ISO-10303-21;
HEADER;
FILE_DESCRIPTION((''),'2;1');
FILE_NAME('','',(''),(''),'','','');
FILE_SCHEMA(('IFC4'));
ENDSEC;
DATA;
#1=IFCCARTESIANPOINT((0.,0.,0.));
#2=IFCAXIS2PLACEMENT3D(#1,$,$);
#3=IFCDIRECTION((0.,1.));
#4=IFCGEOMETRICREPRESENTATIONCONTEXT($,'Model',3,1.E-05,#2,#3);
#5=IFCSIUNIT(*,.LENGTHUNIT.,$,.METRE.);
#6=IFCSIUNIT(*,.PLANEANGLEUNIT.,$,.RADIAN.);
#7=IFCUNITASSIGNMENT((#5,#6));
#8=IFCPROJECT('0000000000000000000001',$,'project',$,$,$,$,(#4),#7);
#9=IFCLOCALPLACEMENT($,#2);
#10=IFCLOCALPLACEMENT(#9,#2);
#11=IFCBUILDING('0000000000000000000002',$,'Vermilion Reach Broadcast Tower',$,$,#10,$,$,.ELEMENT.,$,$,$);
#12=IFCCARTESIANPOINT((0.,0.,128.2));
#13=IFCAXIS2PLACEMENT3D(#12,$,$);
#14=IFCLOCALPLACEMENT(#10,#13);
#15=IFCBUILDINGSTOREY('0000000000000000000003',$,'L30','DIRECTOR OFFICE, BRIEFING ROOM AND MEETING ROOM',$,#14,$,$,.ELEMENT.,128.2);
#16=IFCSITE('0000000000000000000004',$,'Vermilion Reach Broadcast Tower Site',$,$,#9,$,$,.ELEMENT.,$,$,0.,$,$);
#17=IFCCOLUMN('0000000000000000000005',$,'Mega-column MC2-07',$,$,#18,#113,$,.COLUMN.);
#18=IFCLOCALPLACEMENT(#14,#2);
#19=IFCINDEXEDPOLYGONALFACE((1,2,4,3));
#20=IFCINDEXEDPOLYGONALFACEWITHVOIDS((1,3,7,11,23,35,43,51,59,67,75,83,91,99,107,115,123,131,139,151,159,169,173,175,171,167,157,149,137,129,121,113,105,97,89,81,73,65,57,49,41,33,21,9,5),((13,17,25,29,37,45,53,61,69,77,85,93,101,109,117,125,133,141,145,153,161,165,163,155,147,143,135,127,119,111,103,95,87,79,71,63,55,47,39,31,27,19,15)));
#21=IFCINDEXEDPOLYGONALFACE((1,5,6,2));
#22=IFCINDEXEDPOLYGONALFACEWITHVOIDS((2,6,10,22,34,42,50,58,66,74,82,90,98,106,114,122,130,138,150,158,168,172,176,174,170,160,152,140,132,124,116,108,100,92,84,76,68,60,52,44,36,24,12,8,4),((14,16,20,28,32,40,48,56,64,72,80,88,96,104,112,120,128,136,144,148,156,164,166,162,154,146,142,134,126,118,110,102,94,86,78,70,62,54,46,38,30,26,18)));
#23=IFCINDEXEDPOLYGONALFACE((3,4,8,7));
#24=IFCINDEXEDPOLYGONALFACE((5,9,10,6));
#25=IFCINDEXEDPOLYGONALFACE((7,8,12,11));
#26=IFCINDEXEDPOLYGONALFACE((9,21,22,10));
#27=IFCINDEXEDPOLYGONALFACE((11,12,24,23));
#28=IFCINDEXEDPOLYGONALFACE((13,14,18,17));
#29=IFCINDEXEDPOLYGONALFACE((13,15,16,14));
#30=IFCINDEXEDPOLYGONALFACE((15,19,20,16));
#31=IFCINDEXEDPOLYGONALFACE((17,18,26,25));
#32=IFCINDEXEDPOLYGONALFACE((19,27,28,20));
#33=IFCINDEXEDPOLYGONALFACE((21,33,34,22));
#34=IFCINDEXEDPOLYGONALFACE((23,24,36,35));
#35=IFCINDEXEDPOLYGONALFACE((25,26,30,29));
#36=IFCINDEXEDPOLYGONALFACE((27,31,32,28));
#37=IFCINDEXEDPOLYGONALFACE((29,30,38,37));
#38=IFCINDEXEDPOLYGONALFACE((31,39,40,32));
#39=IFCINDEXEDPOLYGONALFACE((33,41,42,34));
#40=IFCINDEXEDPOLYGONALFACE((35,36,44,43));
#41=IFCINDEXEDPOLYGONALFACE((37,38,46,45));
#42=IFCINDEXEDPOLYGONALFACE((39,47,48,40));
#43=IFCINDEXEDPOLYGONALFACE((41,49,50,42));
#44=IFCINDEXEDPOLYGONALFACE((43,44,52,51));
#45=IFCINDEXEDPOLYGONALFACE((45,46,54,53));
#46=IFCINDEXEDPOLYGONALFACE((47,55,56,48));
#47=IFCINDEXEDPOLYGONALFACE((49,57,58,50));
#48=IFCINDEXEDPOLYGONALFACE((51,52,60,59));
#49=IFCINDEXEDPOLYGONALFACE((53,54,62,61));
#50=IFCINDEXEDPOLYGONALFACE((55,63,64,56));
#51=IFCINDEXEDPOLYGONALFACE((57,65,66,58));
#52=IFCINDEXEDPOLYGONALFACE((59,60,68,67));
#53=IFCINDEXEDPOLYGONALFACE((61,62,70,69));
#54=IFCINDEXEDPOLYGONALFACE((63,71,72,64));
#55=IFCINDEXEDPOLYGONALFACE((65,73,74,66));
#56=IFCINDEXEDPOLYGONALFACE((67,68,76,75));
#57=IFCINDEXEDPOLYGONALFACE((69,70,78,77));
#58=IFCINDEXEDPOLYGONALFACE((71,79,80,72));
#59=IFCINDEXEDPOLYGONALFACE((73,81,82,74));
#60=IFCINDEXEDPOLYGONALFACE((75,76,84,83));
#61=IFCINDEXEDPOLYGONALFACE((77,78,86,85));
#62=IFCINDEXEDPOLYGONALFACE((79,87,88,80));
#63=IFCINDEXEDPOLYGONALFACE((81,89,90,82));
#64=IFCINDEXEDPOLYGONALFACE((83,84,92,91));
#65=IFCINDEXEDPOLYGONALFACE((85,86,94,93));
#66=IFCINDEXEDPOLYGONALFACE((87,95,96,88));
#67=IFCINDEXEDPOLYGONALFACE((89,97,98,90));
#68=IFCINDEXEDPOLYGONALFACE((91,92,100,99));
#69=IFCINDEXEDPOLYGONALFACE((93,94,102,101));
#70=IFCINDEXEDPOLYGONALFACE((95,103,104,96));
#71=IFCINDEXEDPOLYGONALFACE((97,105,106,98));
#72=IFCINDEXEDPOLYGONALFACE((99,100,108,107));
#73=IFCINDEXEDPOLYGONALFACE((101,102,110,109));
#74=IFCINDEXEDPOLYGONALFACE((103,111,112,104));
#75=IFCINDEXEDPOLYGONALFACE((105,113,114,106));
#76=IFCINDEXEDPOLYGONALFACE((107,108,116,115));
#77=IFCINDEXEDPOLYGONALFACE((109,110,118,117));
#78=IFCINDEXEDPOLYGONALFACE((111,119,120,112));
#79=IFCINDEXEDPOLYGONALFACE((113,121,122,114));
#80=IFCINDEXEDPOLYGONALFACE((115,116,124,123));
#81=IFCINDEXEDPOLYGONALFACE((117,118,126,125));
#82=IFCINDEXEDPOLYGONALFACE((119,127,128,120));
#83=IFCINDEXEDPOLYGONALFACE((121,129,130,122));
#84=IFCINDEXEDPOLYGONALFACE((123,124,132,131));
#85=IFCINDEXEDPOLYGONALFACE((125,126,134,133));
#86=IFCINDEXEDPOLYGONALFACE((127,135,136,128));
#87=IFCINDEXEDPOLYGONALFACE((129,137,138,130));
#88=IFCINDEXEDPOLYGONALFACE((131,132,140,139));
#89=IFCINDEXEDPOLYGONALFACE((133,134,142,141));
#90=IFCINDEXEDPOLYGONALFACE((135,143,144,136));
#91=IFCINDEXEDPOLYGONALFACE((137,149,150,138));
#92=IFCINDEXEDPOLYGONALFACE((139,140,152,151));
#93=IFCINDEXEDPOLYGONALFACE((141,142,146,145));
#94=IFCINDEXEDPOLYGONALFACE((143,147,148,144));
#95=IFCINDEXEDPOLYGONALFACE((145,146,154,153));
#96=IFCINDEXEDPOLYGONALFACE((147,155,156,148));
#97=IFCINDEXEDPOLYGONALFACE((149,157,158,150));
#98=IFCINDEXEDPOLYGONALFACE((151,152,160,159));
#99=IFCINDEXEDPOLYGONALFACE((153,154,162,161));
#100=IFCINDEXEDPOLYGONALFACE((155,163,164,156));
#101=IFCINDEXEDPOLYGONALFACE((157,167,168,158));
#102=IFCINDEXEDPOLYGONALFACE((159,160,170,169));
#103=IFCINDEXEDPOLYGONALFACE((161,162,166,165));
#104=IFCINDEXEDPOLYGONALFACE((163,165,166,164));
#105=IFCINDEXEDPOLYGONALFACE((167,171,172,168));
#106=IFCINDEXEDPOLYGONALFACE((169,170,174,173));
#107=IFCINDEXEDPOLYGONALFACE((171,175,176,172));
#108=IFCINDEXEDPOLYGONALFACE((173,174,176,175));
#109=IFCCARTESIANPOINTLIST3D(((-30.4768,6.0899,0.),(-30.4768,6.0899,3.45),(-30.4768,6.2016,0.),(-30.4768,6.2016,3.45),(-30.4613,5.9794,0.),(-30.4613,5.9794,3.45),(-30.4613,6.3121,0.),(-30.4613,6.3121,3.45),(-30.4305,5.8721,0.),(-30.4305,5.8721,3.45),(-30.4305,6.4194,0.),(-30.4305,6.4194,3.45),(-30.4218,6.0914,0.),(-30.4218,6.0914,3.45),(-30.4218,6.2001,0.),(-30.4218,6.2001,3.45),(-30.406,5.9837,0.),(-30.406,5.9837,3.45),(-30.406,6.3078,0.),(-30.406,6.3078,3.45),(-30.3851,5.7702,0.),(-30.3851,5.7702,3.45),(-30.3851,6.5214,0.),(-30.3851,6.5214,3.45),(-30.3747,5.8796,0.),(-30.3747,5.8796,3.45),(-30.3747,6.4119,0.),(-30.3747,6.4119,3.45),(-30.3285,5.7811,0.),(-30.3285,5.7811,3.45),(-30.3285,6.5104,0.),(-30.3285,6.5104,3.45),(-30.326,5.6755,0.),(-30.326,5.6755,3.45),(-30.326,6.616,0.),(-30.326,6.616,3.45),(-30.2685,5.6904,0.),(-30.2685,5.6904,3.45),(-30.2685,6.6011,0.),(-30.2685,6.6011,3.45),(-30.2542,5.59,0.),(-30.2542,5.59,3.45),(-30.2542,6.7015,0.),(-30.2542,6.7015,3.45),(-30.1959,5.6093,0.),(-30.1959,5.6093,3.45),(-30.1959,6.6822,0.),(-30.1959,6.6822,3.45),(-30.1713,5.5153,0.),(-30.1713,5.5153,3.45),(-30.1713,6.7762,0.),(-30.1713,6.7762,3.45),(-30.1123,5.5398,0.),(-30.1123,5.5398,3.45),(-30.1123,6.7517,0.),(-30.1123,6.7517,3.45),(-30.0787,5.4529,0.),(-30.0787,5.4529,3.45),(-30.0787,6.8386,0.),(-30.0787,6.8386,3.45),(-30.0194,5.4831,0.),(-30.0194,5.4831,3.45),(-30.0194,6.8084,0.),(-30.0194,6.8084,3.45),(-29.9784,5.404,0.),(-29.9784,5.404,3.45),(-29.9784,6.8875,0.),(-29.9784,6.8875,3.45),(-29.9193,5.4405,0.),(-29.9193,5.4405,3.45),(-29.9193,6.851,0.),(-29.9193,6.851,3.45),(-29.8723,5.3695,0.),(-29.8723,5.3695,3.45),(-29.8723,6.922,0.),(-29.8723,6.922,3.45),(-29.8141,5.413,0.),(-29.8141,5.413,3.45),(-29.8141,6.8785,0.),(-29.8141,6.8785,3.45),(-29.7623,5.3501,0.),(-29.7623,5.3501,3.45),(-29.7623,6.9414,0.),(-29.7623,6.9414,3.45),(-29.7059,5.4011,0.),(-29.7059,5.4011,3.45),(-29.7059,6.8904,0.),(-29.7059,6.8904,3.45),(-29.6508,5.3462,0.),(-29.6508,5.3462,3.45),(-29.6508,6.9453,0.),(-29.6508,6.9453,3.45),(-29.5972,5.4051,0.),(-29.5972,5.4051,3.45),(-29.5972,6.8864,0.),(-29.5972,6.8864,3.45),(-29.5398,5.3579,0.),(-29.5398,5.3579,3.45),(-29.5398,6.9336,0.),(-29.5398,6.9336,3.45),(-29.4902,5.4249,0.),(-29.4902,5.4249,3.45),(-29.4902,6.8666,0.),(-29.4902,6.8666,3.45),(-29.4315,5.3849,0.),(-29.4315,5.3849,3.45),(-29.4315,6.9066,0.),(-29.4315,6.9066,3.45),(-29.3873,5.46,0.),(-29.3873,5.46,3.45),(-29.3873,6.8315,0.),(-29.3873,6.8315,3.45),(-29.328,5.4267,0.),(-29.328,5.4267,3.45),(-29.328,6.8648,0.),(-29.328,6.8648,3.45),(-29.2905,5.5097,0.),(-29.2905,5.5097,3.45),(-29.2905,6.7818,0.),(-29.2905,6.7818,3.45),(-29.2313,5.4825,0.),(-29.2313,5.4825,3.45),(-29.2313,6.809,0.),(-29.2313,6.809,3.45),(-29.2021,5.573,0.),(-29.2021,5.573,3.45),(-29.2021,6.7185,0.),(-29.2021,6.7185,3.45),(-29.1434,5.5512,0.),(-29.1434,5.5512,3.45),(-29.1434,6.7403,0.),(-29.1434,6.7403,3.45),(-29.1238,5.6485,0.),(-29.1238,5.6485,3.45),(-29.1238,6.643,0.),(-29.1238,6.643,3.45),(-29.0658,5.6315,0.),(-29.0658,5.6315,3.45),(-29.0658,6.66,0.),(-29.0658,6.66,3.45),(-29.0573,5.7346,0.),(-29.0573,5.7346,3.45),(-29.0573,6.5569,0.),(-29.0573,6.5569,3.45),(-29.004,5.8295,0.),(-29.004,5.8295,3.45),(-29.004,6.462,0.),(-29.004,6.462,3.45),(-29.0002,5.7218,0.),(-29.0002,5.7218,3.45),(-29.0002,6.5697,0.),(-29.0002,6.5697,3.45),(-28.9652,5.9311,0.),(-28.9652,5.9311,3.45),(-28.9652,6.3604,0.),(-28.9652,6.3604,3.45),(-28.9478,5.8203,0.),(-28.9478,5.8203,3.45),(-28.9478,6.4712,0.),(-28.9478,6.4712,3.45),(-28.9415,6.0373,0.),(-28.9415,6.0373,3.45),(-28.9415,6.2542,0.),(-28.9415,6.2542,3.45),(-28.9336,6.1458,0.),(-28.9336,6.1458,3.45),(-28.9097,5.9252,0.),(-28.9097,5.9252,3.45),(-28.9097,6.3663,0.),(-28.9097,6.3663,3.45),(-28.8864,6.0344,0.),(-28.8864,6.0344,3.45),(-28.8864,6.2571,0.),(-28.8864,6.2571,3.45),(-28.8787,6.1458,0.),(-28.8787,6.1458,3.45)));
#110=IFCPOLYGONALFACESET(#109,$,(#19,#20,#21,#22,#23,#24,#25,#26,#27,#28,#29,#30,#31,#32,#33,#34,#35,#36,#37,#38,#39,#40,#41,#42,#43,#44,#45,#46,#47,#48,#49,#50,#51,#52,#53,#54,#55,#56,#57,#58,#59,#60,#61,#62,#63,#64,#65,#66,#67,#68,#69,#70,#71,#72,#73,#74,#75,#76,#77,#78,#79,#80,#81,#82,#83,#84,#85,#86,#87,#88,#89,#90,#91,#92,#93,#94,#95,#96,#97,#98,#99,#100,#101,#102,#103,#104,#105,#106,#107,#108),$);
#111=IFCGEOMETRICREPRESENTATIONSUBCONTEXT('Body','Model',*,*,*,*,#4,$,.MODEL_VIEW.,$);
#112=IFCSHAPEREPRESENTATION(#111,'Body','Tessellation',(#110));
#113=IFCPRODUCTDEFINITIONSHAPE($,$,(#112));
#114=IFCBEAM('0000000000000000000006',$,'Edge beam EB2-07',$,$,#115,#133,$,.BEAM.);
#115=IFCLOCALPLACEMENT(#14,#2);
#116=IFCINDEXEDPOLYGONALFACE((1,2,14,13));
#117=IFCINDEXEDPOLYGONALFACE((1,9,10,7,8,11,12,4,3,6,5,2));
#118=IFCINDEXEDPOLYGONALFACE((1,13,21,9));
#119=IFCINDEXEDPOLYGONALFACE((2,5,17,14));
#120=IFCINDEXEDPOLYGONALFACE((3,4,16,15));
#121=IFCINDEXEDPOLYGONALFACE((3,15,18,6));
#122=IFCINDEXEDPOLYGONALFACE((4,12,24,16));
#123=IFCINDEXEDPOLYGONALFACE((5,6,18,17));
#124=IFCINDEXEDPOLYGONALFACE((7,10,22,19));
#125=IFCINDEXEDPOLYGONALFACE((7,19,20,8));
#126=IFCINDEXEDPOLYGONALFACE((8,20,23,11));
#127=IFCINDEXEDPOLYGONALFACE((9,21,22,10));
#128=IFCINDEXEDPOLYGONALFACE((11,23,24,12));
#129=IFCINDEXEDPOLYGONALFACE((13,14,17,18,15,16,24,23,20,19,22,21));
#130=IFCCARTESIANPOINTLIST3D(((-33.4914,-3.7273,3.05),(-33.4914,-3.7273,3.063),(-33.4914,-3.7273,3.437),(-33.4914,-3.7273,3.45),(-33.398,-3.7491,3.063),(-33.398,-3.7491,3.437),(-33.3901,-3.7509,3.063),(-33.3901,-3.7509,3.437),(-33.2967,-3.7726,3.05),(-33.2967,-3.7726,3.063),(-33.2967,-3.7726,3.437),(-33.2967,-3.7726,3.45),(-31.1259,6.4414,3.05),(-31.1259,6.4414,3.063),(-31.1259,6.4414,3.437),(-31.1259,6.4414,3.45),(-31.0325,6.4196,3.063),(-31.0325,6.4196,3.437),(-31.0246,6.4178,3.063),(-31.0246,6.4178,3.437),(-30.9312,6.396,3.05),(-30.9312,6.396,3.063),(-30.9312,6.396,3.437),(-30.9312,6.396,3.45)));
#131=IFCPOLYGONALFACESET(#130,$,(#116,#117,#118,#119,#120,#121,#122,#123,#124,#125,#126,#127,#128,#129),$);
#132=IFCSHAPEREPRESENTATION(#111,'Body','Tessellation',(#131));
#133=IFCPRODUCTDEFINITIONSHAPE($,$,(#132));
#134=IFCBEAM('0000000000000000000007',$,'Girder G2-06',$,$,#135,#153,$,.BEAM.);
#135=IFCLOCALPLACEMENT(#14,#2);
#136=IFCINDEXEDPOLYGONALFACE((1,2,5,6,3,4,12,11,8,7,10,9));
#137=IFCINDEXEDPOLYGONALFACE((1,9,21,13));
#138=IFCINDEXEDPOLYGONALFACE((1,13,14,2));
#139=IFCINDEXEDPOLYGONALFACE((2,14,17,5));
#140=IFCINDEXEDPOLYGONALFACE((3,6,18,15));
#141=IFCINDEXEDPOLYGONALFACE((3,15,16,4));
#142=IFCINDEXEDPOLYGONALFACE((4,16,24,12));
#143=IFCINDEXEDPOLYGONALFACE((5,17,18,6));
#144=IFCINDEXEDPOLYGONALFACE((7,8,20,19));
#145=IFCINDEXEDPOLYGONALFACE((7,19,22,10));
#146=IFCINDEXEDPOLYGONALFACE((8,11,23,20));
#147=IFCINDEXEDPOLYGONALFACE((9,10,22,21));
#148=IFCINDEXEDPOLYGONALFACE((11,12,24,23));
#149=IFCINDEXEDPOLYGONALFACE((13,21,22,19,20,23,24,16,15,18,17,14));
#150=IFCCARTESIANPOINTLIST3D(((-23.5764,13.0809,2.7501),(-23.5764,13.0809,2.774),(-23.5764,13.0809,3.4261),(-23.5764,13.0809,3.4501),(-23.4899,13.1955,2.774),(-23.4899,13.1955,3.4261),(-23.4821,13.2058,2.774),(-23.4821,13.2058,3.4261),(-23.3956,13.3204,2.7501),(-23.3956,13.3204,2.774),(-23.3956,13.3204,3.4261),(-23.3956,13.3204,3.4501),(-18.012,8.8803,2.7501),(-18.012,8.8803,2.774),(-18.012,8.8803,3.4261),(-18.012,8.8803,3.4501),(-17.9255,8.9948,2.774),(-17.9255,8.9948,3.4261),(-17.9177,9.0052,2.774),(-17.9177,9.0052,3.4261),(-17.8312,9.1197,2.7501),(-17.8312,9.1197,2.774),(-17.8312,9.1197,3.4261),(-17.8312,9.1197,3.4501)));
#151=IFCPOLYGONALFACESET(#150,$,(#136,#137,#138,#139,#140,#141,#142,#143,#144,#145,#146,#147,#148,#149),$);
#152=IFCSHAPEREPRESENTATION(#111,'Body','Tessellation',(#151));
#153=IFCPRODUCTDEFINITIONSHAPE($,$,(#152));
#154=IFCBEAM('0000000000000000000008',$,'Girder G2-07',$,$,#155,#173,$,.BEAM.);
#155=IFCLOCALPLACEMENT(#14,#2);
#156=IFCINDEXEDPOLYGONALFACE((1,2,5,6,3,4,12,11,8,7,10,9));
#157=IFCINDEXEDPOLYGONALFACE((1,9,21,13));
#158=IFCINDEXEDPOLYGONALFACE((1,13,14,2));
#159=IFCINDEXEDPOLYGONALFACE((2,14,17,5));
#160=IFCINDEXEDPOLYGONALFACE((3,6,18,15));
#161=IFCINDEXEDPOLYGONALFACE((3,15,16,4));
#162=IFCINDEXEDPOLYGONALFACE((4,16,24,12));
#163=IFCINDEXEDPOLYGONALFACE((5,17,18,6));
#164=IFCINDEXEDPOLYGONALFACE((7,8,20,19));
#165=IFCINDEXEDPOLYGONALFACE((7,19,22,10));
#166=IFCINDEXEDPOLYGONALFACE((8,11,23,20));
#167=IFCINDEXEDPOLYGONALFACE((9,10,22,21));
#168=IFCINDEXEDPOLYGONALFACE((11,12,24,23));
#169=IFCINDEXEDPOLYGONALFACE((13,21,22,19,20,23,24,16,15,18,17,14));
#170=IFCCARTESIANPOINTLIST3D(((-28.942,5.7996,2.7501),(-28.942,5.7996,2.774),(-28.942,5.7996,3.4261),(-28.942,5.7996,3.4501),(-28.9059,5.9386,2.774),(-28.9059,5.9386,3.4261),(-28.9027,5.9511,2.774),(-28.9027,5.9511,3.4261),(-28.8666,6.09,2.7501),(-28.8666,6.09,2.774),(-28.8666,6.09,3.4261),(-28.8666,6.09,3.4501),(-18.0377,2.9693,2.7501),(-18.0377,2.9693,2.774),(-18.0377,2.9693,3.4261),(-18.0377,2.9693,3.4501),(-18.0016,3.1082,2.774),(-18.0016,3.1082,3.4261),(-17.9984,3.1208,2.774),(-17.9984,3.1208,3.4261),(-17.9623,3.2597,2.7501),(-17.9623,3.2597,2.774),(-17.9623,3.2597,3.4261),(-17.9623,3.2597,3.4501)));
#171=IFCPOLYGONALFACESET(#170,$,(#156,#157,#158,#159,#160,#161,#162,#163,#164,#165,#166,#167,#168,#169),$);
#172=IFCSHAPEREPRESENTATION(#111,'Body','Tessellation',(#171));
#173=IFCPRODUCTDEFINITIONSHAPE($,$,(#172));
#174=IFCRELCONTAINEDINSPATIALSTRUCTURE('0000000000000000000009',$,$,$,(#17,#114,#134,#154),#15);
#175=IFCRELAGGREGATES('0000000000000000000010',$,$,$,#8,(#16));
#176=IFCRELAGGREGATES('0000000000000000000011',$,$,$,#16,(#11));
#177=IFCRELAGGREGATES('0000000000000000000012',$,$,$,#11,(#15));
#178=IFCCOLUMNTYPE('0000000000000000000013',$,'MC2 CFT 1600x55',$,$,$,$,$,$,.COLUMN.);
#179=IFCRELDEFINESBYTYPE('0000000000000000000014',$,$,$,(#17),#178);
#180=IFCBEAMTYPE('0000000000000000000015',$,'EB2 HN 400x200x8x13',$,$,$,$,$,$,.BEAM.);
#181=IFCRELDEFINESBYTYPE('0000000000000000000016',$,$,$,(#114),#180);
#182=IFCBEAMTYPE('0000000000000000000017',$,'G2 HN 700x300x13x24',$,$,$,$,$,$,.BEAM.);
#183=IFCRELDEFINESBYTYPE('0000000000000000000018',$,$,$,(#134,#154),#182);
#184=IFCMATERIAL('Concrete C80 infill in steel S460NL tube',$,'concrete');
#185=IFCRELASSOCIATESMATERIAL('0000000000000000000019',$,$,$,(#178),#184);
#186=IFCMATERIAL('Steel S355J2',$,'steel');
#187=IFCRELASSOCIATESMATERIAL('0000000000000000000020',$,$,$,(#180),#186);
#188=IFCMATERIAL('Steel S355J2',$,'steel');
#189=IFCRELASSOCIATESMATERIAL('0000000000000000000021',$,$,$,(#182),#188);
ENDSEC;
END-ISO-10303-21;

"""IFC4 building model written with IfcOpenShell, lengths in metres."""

from ifc_helpers import new_model, si_unit, direction, frame, origin, origin_2d, place, context, subcontext, project, spatial, hollow_circle, i_section, extrude, material, material_profile, profile_set, type_object, element, save


model = new_model("IFC4")

# Units and contexts
model_context = context("Model", 3, precision=1e-05, world=origin(), true_north=direction((0.0, 1.0)))
body_context = subcontext(model_context, "Body", "Model", "MODEL_VIEW")
ifc_project = project(units=[si_unit("LENGTHUNIT", "METRE"), si_unit("PLANEANGLEUNIT", "RADIAN")], contexts=[model_context])

# Site, building, storey
site_placement = place(None, origin())
site = spatial("IfcSite", under=ifc_project, at=site_placement, Name="Vermilion Reach Broadcast Tower Site", CompositionType="ELEMENT", RefElevation=0.0)
building_placement = place(site_placement, origin())
building = spatial("IfcBuilding", under=site, at=building_placement, Name="Vermilion Reach Broadcast Tower", CompositionType="ELEMENT")
storey_placement = place(building_placement, frame((0.0, 0.0, 128.2)))
storey = spatial("IfcBuildingStorey", under=building, at=storey_placement, Name="L30", Description="DIRECTOR OFFICE, BRIEFING ROOM AND MEETING ROOM", CompositionType="ELEMENT", Elevation=128.2)

# Column
ifc_material_1 = material(Name="Concrete C80 infill in steel S460NL tube", Category="concrete")
ifc_material_profile_1 = material_profile(ifc_material_1, hollow_circle(Radius=0.8, WallThickness=0.0549, at=origin_2d()), Name="Concrete C80 infill in steel S460NL tube CFT 1600x55")
ifc_profile_set_1 = profile_set([ifc_material_profile_1], Name="Concrete C80 infill in steel S460NL tube")
column_type = type_object("IfcColumnType", Name="MC2 CFT 1600x55", PredefinedType="COLUMN", material=ifc_profile_set_1)
column_placement = place(storey_placement, frame((-29.6787, 6.1458, 0.0), z_axis=(0.0, 0.0, 1.0), x_axis=(1.0, 0.0, 0.0)))
element("IfcColumn", 1, at=column_placement, inside=storey, type_object=column_type, Name="Mega-column MC2-07", PredefinedType="COLUMN", context=body_context, shape_type="SweptSolid", body=[
    extrude(hollow_circle(Radius=0.8, WallThickness=0.0549, at=origin_2d()), origin(), (0.0, 0.0, 1.0), 3.45),
])

# Beams
ifc_material_2 = material(Name="Steel S355J2", Category="steel")
ifc_material_profile_2 = material_profile(ifc_material_2, i_section(OverallWidth=0.2, OverallDepth=0.3999, WebThickness=0.0081, FlangeThickness=0.0129, at=origin_2d()), Name="S355J2 HN 400x200x8x13")
ifc_profile_set_2 = profile_set([ifc_material_profile_2], Name="Steel S355J2")
beam_type_1 = type_object("IfcBeamType", Name="EB2 HN 400x200x8x13", PredefinedType="BEAM", material=ifc_profile_set_2)
beam_1_placement = place(storey_placement, frame((-31.0286, 6.4187, 3.25), z_axis=(-0.226574, -0.973994, 0.0), x_axis=(0.973994, -0.226574, 0.0)))
element("IfcBeam", 2, at=beam_1_placement, inside=storey, type_object=beam_type_1, Name="Edge beam EB2-07", PredefinedType="BEAM", context=body_context, shape_type="SweptSolid", body=[
    extrude(i_section(OverallWidth=0.2, OverallDepth=0.3999, WebThickness=0.0081, FlangeThickness=0.0129, at=origin_2d()), origin(), (0.0, 0.0, 1.0), 10.4402),
])
ifc_material_3 = material(Name="Steel S355J2", Category="steel")
ifc_material_profile_3 = material_profile(ifc_material_3, i_section(OverallWidth=0.3, OverallDepth=0.7, WebThickness=0.0129, FlangeThickness=0.0239, at=origin_2d()), Name="S355J2 HN 700x300x13x24")
ifc_profile_set_3 = profile_set([ifc_material_profile_3], Name="Steel S355J2")
beam_type_2 = type_object("IfcBeamType", Name="G2 HN 700x300x13x24", PredefinedType="BEAM", material=ifc_profile_set_3)
beam_2_placement = place(storey_placement, frame((-17.9216, 9.0, 3.1001), z_axis=(-0.798114, 0.602507, 0.0), x_axis=(-0.602507, -0.798114, 0.0)))
element("IfcBeam", 3, at=beam_2_placement, inside=storey, type_object=beam_type_2, Name="Girder G2-06", PredefinedType="BEAM", context=body_context, shape_type="SweptSolid", body=[
    extrude(i_section(OverallWidth=0.3, OverallDepth=0.7, WebThickness=0.0129, FlangeThickness=0.0239, at=origin_2d()), origin(), (0.0, 0.0, 1.0), 6.9719),
])
beam_3_placement = place(storey_placement, frame((-18.0, 3.1145, 3.1001), z_axis=(-0.967926, 0.251235, 0.0), x_axis=(-0.251235, -0.967926, 0.0)))
element("IfcBeam", 4, at=beam_3_placement, inside=storey, type_object=beam_type_2, Name="Girder G2-07", PredefinedType="BEAM", context=body_context, shape_type="SweptSolid", body=[
    extrude(i_section(OverallWidth=0.3, OverallDepth=0.7, WebThickness=0.0129, FlangeThickness=0.0239, at=origin_2d()), origin(), (0.0, 0.0, 1.0), 11.2656),
])

save(model, "model.ifc")
